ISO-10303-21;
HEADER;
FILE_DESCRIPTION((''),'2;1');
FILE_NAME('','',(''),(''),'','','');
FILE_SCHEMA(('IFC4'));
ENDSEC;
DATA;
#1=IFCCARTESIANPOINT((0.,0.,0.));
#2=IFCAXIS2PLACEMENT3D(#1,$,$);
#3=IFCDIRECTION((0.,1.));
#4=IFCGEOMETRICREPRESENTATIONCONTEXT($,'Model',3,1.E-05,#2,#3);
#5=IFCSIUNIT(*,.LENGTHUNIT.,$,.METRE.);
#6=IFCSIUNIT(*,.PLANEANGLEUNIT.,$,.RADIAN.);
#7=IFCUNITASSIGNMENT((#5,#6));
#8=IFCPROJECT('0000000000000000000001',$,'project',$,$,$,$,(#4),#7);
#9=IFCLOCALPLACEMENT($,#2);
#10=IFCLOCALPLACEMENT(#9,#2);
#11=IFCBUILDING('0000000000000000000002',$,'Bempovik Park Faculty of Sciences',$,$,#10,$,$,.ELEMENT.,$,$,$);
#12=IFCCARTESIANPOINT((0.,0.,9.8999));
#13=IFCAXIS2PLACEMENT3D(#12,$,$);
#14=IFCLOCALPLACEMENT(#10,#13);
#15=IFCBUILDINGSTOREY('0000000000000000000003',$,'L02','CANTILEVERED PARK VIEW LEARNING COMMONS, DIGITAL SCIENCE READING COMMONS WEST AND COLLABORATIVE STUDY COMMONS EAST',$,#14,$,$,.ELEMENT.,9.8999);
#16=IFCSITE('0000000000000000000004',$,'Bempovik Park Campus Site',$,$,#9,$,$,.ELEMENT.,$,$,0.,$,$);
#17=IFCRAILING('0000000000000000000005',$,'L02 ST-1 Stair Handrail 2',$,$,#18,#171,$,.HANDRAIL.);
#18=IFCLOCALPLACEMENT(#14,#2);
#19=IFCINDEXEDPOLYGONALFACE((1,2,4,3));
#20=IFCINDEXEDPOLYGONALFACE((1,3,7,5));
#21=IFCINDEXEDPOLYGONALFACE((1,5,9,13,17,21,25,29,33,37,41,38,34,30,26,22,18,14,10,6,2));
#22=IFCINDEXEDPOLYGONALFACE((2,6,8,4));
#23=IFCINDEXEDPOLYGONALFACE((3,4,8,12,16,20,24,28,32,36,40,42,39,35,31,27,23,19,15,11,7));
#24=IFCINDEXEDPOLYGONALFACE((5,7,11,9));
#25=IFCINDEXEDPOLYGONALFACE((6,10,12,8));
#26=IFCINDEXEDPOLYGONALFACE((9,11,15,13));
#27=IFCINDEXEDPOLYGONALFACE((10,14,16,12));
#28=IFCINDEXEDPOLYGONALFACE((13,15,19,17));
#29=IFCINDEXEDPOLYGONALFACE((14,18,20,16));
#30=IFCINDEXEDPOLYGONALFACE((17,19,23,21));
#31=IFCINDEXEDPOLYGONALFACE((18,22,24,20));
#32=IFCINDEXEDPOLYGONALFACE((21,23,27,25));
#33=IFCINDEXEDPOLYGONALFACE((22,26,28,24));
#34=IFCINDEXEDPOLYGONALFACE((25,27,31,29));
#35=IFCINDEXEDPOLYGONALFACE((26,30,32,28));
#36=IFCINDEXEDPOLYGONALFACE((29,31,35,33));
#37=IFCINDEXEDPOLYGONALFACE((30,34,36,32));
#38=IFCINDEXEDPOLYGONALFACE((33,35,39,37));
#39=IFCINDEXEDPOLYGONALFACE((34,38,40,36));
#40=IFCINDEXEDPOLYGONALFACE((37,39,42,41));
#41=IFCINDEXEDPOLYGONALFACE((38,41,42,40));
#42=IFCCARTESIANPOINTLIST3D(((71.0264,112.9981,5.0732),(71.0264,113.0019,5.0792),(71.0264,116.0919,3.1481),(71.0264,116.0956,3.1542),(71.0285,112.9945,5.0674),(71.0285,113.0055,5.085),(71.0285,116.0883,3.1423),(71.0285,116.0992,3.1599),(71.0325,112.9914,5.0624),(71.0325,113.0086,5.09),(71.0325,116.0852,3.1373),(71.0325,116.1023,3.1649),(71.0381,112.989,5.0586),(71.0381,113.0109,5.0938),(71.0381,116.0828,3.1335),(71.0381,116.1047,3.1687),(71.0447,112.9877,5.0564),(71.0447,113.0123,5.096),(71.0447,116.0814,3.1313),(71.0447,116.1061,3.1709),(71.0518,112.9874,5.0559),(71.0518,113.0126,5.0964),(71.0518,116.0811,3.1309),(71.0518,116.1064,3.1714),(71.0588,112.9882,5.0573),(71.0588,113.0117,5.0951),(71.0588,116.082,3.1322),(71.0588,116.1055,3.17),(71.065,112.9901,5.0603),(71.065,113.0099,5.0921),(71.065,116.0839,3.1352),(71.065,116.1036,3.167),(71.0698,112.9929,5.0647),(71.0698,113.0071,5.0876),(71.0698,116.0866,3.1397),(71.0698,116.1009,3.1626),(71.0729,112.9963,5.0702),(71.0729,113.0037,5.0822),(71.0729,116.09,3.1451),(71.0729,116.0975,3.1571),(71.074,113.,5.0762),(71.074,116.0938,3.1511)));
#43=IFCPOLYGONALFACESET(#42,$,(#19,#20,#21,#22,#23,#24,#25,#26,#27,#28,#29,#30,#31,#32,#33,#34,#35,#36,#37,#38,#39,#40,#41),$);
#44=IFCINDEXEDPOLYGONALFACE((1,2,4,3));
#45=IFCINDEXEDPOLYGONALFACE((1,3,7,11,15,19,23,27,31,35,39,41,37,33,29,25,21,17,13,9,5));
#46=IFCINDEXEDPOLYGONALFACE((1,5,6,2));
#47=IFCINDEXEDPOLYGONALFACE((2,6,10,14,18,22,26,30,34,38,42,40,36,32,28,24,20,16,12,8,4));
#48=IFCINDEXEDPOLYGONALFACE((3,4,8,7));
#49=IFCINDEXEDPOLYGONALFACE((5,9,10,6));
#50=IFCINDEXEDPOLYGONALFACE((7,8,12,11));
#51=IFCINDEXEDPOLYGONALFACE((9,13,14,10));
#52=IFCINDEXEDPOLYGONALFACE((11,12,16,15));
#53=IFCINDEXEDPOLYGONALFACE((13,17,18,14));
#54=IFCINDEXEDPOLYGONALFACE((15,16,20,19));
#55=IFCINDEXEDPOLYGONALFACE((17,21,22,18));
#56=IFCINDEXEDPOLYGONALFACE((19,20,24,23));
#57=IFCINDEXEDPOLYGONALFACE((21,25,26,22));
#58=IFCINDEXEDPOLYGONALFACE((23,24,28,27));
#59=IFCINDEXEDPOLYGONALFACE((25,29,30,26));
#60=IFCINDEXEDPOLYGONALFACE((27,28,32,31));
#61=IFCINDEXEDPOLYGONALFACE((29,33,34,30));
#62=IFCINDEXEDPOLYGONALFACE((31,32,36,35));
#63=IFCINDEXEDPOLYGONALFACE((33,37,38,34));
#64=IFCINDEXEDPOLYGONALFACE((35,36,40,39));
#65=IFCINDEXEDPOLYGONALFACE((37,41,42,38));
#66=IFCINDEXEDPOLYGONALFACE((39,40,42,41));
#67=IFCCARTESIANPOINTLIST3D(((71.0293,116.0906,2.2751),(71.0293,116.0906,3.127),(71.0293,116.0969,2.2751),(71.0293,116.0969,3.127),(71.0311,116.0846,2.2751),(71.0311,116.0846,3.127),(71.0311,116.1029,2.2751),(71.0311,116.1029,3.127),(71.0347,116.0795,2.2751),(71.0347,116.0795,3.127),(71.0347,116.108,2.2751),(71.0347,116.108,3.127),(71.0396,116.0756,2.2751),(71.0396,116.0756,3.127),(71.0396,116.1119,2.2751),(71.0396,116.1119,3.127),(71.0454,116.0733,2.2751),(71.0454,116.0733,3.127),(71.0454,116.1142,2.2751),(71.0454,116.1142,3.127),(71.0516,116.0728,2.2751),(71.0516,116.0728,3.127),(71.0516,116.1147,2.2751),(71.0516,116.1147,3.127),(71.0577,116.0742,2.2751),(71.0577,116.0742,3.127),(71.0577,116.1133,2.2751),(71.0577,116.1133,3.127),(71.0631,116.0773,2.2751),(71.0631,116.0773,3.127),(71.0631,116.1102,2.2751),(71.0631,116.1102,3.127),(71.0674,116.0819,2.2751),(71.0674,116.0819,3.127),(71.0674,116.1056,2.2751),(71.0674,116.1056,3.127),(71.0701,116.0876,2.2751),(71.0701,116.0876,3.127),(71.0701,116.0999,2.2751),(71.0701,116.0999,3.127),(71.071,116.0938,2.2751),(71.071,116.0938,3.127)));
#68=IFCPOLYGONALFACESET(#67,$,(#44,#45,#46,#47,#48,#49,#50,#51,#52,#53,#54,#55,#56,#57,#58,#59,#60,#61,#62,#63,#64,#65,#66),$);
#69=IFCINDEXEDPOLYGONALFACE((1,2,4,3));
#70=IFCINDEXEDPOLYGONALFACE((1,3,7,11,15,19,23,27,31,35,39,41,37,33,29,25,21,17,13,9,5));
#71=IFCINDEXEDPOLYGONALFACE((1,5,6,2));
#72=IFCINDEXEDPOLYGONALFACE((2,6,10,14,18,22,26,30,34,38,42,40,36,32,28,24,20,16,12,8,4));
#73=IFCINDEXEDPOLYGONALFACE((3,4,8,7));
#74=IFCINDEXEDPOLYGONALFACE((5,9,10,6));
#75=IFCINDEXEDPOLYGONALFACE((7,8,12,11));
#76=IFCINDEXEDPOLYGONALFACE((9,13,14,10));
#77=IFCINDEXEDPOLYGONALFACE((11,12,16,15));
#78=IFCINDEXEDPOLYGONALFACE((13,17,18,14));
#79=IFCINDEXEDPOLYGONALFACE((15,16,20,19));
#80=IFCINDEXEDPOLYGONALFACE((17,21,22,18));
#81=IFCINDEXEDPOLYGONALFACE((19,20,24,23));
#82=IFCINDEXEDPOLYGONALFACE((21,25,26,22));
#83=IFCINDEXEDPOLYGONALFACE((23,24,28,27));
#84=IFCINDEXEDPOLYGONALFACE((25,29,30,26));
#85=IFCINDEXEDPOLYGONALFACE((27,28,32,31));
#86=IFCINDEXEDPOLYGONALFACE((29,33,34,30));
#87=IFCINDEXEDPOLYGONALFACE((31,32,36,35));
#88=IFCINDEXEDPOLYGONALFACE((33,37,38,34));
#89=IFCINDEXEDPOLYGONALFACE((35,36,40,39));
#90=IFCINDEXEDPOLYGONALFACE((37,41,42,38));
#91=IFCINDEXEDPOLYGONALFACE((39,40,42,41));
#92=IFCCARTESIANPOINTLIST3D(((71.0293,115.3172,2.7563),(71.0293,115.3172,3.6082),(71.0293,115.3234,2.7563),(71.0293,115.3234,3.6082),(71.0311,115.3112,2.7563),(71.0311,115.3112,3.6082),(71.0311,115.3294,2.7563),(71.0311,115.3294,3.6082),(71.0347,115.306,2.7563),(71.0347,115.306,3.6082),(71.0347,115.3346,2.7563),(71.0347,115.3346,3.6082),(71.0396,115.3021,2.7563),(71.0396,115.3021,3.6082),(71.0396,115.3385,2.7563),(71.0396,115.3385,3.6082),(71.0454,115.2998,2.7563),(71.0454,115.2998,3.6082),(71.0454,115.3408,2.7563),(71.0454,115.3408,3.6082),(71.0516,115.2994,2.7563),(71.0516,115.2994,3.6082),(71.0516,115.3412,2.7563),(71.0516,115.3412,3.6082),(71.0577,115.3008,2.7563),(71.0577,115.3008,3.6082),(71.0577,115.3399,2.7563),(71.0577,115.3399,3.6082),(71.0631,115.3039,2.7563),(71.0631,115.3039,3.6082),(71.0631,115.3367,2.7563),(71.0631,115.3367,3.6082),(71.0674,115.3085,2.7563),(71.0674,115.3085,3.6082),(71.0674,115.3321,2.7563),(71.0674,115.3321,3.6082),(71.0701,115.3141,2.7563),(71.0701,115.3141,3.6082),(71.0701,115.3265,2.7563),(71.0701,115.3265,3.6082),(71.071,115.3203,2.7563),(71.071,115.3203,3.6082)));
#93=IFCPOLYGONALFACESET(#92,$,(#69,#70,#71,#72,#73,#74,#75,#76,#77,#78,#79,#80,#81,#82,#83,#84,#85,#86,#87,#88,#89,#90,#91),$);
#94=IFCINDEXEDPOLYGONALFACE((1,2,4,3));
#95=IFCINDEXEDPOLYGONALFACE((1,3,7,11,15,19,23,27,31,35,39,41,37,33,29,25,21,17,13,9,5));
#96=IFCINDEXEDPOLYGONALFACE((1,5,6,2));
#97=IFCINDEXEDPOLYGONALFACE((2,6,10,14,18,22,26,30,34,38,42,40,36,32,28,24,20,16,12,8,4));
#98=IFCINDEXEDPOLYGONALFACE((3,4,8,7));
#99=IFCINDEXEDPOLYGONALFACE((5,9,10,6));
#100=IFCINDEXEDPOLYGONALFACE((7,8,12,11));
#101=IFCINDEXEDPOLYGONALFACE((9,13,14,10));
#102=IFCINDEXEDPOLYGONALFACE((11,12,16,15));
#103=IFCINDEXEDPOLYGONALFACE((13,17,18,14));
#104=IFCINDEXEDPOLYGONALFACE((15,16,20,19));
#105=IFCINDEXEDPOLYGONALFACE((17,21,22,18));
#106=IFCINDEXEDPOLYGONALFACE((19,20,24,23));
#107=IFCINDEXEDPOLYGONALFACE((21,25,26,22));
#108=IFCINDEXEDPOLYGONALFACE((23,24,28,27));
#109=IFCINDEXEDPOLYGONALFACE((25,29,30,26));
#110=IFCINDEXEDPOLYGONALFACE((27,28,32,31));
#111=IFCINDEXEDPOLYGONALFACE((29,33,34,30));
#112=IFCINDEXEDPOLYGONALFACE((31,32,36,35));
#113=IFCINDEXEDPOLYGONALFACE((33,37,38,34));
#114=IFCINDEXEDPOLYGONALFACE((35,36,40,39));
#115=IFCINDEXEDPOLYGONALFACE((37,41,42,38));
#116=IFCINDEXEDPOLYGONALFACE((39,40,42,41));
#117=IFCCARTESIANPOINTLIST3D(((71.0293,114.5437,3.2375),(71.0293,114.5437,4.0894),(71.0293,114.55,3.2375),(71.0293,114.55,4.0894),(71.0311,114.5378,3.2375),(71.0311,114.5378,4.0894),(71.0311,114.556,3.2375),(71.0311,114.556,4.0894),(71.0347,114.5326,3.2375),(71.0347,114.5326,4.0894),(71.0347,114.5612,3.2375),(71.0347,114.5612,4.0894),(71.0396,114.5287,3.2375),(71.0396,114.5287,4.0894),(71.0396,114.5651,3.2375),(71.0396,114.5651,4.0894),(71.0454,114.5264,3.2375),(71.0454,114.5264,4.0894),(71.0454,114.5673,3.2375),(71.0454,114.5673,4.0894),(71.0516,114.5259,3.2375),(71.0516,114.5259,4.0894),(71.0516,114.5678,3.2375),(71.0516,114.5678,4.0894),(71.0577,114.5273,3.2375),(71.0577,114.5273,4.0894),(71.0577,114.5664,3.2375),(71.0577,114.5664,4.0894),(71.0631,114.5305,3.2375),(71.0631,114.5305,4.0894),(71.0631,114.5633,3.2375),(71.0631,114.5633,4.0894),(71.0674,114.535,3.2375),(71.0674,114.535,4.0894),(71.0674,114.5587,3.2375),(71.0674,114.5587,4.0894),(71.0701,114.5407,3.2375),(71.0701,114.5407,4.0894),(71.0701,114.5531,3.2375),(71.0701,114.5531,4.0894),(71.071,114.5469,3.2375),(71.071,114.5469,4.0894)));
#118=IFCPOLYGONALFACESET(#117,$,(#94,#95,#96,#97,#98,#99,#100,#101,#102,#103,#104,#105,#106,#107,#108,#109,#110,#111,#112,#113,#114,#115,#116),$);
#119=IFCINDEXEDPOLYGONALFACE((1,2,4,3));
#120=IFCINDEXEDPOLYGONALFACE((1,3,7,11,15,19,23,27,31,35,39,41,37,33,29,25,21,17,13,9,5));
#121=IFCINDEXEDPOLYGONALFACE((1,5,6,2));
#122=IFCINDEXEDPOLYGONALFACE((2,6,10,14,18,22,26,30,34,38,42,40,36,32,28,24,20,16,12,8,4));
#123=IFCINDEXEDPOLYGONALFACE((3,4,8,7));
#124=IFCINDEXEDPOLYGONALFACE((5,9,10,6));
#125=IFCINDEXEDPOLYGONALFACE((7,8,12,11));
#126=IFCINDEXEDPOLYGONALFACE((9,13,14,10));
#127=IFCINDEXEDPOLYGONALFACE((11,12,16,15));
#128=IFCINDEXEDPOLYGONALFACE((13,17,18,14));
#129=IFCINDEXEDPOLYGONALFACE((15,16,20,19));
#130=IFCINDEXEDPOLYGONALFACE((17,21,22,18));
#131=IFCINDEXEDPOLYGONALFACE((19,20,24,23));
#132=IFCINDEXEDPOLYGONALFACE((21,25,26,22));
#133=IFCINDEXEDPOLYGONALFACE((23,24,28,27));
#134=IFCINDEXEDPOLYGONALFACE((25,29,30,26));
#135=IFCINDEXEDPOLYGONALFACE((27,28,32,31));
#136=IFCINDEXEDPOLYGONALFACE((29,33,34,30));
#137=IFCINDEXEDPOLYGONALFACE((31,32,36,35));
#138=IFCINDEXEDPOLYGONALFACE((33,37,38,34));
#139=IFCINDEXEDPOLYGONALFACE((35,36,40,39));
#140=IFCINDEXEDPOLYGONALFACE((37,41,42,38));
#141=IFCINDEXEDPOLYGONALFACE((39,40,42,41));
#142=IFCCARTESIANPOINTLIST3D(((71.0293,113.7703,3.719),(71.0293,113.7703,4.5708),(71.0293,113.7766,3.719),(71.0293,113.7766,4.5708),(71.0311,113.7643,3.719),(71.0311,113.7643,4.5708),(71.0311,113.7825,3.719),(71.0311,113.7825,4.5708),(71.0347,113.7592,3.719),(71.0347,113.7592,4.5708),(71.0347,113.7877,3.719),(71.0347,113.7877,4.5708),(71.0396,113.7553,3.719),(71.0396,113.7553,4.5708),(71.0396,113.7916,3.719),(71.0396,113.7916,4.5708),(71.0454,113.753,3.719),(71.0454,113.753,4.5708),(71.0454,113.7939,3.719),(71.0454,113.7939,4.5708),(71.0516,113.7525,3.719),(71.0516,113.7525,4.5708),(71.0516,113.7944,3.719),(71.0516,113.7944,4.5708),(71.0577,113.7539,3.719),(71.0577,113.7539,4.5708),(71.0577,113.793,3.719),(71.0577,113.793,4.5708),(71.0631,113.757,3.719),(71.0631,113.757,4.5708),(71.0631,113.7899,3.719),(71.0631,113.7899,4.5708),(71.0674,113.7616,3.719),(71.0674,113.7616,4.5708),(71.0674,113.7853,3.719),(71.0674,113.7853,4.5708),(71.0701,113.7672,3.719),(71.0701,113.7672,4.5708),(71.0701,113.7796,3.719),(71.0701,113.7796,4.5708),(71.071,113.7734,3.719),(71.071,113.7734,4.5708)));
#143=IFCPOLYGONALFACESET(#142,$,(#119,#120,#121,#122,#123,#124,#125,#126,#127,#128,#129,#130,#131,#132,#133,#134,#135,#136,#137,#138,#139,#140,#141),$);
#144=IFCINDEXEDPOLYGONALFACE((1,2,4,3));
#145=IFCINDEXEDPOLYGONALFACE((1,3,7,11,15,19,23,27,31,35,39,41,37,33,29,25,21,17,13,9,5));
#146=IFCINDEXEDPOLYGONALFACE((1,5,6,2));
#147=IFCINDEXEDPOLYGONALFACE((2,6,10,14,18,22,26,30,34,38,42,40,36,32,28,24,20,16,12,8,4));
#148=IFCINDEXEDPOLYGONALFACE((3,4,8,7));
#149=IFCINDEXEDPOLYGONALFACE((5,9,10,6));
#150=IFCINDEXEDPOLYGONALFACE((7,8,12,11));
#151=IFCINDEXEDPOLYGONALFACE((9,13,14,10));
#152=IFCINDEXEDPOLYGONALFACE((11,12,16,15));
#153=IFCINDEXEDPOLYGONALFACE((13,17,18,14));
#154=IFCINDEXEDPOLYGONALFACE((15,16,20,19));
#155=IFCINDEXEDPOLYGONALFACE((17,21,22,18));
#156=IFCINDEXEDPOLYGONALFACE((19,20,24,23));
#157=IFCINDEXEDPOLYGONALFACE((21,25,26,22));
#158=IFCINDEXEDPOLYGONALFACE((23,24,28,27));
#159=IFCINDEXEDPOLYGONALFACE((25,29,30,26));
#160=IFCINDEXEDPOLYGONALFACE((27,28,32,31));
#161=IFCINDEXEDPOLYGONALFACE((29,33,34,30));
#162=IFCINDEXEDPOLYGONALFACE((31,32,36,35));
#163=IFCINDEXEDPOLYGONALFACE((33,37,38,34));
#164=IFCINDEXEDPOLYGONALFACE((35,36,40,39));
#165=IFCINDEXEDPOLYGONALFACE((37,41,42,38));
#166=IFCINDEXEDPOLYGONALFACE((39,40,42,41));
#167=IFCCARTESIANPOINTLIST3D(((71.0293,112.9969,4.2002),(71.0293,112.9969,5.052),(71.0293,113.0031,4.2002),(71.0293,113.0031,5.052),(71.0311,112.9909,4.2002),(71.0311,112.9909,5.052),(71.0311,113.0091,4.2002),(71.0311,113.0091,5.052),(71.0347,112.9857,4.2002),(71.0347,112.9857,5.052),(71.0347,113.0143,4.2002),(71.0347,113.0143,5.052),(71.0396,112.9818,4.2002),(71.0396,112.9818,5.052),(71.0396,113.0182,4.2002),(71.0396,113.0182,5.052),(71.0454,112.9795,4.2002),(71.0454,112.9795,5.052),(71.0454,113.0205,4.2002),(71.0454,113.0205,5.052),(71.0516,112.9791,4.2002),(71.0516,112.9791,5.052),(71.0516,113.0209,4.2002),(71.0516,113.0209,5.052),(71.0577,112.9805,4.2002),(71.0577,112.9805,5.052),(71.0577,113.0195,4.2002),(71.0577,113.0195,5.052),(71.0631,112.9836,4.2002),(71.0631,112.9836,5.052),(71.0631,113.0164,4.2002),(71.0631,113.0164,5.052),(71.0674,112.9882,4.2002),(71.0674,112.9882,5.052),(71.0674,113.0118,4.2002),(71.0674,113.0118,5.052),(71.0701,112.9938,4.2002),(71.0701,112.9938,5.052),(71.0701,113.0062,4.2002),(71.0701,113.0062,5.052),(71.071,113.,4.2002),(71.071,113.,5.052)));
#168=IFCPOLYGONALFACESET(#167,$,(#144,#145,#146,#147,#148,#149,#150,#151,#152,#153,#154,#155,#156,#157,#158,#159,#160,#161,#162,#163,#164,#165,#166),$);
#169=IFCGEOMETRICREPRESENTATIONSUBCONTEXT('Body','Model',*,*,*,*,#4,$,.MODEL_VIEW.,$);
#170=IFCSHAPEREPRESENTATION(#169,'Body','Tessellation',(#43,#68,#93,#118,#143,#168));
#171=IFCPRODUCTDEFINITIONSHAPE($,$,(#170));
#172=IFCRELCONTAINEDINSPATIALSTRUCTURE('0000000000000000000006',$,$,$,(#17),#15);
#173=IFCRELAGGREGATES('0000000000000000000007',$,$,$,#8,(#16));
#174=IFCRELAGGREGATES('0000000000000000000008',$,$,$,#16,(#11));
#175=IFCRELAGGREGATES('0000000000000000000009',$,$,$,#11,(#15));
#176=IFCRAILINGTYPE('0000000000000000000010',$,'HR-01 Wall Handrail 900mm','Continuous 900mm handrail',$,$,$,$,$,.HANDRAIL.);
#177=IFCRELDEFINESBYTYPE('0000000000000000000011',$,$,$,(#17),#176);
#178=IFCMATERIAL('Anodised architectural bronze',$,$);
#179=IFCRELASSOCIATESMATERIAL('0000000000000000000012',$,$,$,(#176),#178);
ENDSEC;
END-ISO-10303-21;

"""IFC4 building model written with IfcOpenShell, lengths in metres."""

from ifc_helpers import new_model, si_unit, direction, frame, origin, origin_2d, place, context, subcontext, project, spatial, circle, extrude, material, type_object, element, save


model = new_model("IFC4")

# Units and contexts
model_context = context("Model", 3, precision=1e-05, world=origin(), true_north=direction((0.0, 1.0)))
body_context = subcontext(model_context, "Body", "Model", "MODEL_VIEW")
ifc_project = project(units=[si_unit("LENGTHUNIT", "METRE"), si_unit("PLANEANGLEUNIT", "RADIAN")], contexts=[model_context])

# Site, building, storey
site_placement = place(None, origin())
site = spatial("IfcSite", under=ifc_project, at=site_placement, Name="Bempovik Park Campus Site", CompositionType="ELEMENT", RefElevation=0.0)
building_placement = place(site_placement, origin())
building = spatial("IfcBuilding", under=site, at=building_placement, Name="Bempovik Park Faculty of Sciences", CompositionType="ELEMENT")
storey_placement = place(building_placement, frame((0.0, 0.0, 9.8999)))
storey = spatial("IfcBuildingStorey", under=building, at=storey_placement, Name="L02", Description="CANTILEVERED PARK VIEW LEARNING COMMONS, DIGITAL SCIENCE READING COMMONS WEST AND COLLABORATIVE STUDY COMMONS EAST", CompositionType="ELEMENT", Elevation=9.8999)

# Shared definitions
ifc_material_1 = material(Name="Anodised architectural bronze")

# Railing
railing_type_1 = type_object("IfcRailingType", Name="HR-01 Wall Handrail 900mm", Description="Continuous 900mm handrail", PredefinedType="HANDRAIL", material=ifc_material_1)
railing_1_placement = place(storey_placement, frame((71.05, 116.0938, 2.2751)))
element("IfcRailing", 1, at=railing_1_placement, inside=storey, type_object=railing_type_1, Name="L02 ST-1 Stair Handrail 2", PredefinedType="HANDRAIL", context=body_context, shape_type="SweptSolid", body=[
    extrude(circle(Radius=0.0239, at=origin_2d()), frame((0.0, 0.0, 0.876), z_axis=(0.0, -0.849051, 0.528312), x_axis=(1.0, 0.0, 0.0)), (0.0, 0.0, 1.0), 3.6438),
    extrude(circle(Radius=0.021, at=origin_2d()), origin(), (0.0, 0.0, 1.0), 0.8518),
    extrude(circle(Radius=0.021, at=origin_2d()), frame((0.0, -0.7734, 0.4812)), (0.0, 0.0, 1.0), 0.8518),
    extrude(circle(Radius=0.021, at=origin_2d()), frame((0.0, -1.5469, 0.9624)), (0.0, 0.0, 1.0), 0.8518),
    extrude(circle(Radius=0.021, at=origin_2d()), frame((0.0, -2.3203, 1.4438)), (0.0, 0.0, 1.0), 0.8518),
    extrude(circle(Radius=0.021, at=origin_2d()), frame((0.0, -3.0938, 1.925)), (0.0, 0.0, 1.0), 0.8518),
])

save(model, "model.ifc")
